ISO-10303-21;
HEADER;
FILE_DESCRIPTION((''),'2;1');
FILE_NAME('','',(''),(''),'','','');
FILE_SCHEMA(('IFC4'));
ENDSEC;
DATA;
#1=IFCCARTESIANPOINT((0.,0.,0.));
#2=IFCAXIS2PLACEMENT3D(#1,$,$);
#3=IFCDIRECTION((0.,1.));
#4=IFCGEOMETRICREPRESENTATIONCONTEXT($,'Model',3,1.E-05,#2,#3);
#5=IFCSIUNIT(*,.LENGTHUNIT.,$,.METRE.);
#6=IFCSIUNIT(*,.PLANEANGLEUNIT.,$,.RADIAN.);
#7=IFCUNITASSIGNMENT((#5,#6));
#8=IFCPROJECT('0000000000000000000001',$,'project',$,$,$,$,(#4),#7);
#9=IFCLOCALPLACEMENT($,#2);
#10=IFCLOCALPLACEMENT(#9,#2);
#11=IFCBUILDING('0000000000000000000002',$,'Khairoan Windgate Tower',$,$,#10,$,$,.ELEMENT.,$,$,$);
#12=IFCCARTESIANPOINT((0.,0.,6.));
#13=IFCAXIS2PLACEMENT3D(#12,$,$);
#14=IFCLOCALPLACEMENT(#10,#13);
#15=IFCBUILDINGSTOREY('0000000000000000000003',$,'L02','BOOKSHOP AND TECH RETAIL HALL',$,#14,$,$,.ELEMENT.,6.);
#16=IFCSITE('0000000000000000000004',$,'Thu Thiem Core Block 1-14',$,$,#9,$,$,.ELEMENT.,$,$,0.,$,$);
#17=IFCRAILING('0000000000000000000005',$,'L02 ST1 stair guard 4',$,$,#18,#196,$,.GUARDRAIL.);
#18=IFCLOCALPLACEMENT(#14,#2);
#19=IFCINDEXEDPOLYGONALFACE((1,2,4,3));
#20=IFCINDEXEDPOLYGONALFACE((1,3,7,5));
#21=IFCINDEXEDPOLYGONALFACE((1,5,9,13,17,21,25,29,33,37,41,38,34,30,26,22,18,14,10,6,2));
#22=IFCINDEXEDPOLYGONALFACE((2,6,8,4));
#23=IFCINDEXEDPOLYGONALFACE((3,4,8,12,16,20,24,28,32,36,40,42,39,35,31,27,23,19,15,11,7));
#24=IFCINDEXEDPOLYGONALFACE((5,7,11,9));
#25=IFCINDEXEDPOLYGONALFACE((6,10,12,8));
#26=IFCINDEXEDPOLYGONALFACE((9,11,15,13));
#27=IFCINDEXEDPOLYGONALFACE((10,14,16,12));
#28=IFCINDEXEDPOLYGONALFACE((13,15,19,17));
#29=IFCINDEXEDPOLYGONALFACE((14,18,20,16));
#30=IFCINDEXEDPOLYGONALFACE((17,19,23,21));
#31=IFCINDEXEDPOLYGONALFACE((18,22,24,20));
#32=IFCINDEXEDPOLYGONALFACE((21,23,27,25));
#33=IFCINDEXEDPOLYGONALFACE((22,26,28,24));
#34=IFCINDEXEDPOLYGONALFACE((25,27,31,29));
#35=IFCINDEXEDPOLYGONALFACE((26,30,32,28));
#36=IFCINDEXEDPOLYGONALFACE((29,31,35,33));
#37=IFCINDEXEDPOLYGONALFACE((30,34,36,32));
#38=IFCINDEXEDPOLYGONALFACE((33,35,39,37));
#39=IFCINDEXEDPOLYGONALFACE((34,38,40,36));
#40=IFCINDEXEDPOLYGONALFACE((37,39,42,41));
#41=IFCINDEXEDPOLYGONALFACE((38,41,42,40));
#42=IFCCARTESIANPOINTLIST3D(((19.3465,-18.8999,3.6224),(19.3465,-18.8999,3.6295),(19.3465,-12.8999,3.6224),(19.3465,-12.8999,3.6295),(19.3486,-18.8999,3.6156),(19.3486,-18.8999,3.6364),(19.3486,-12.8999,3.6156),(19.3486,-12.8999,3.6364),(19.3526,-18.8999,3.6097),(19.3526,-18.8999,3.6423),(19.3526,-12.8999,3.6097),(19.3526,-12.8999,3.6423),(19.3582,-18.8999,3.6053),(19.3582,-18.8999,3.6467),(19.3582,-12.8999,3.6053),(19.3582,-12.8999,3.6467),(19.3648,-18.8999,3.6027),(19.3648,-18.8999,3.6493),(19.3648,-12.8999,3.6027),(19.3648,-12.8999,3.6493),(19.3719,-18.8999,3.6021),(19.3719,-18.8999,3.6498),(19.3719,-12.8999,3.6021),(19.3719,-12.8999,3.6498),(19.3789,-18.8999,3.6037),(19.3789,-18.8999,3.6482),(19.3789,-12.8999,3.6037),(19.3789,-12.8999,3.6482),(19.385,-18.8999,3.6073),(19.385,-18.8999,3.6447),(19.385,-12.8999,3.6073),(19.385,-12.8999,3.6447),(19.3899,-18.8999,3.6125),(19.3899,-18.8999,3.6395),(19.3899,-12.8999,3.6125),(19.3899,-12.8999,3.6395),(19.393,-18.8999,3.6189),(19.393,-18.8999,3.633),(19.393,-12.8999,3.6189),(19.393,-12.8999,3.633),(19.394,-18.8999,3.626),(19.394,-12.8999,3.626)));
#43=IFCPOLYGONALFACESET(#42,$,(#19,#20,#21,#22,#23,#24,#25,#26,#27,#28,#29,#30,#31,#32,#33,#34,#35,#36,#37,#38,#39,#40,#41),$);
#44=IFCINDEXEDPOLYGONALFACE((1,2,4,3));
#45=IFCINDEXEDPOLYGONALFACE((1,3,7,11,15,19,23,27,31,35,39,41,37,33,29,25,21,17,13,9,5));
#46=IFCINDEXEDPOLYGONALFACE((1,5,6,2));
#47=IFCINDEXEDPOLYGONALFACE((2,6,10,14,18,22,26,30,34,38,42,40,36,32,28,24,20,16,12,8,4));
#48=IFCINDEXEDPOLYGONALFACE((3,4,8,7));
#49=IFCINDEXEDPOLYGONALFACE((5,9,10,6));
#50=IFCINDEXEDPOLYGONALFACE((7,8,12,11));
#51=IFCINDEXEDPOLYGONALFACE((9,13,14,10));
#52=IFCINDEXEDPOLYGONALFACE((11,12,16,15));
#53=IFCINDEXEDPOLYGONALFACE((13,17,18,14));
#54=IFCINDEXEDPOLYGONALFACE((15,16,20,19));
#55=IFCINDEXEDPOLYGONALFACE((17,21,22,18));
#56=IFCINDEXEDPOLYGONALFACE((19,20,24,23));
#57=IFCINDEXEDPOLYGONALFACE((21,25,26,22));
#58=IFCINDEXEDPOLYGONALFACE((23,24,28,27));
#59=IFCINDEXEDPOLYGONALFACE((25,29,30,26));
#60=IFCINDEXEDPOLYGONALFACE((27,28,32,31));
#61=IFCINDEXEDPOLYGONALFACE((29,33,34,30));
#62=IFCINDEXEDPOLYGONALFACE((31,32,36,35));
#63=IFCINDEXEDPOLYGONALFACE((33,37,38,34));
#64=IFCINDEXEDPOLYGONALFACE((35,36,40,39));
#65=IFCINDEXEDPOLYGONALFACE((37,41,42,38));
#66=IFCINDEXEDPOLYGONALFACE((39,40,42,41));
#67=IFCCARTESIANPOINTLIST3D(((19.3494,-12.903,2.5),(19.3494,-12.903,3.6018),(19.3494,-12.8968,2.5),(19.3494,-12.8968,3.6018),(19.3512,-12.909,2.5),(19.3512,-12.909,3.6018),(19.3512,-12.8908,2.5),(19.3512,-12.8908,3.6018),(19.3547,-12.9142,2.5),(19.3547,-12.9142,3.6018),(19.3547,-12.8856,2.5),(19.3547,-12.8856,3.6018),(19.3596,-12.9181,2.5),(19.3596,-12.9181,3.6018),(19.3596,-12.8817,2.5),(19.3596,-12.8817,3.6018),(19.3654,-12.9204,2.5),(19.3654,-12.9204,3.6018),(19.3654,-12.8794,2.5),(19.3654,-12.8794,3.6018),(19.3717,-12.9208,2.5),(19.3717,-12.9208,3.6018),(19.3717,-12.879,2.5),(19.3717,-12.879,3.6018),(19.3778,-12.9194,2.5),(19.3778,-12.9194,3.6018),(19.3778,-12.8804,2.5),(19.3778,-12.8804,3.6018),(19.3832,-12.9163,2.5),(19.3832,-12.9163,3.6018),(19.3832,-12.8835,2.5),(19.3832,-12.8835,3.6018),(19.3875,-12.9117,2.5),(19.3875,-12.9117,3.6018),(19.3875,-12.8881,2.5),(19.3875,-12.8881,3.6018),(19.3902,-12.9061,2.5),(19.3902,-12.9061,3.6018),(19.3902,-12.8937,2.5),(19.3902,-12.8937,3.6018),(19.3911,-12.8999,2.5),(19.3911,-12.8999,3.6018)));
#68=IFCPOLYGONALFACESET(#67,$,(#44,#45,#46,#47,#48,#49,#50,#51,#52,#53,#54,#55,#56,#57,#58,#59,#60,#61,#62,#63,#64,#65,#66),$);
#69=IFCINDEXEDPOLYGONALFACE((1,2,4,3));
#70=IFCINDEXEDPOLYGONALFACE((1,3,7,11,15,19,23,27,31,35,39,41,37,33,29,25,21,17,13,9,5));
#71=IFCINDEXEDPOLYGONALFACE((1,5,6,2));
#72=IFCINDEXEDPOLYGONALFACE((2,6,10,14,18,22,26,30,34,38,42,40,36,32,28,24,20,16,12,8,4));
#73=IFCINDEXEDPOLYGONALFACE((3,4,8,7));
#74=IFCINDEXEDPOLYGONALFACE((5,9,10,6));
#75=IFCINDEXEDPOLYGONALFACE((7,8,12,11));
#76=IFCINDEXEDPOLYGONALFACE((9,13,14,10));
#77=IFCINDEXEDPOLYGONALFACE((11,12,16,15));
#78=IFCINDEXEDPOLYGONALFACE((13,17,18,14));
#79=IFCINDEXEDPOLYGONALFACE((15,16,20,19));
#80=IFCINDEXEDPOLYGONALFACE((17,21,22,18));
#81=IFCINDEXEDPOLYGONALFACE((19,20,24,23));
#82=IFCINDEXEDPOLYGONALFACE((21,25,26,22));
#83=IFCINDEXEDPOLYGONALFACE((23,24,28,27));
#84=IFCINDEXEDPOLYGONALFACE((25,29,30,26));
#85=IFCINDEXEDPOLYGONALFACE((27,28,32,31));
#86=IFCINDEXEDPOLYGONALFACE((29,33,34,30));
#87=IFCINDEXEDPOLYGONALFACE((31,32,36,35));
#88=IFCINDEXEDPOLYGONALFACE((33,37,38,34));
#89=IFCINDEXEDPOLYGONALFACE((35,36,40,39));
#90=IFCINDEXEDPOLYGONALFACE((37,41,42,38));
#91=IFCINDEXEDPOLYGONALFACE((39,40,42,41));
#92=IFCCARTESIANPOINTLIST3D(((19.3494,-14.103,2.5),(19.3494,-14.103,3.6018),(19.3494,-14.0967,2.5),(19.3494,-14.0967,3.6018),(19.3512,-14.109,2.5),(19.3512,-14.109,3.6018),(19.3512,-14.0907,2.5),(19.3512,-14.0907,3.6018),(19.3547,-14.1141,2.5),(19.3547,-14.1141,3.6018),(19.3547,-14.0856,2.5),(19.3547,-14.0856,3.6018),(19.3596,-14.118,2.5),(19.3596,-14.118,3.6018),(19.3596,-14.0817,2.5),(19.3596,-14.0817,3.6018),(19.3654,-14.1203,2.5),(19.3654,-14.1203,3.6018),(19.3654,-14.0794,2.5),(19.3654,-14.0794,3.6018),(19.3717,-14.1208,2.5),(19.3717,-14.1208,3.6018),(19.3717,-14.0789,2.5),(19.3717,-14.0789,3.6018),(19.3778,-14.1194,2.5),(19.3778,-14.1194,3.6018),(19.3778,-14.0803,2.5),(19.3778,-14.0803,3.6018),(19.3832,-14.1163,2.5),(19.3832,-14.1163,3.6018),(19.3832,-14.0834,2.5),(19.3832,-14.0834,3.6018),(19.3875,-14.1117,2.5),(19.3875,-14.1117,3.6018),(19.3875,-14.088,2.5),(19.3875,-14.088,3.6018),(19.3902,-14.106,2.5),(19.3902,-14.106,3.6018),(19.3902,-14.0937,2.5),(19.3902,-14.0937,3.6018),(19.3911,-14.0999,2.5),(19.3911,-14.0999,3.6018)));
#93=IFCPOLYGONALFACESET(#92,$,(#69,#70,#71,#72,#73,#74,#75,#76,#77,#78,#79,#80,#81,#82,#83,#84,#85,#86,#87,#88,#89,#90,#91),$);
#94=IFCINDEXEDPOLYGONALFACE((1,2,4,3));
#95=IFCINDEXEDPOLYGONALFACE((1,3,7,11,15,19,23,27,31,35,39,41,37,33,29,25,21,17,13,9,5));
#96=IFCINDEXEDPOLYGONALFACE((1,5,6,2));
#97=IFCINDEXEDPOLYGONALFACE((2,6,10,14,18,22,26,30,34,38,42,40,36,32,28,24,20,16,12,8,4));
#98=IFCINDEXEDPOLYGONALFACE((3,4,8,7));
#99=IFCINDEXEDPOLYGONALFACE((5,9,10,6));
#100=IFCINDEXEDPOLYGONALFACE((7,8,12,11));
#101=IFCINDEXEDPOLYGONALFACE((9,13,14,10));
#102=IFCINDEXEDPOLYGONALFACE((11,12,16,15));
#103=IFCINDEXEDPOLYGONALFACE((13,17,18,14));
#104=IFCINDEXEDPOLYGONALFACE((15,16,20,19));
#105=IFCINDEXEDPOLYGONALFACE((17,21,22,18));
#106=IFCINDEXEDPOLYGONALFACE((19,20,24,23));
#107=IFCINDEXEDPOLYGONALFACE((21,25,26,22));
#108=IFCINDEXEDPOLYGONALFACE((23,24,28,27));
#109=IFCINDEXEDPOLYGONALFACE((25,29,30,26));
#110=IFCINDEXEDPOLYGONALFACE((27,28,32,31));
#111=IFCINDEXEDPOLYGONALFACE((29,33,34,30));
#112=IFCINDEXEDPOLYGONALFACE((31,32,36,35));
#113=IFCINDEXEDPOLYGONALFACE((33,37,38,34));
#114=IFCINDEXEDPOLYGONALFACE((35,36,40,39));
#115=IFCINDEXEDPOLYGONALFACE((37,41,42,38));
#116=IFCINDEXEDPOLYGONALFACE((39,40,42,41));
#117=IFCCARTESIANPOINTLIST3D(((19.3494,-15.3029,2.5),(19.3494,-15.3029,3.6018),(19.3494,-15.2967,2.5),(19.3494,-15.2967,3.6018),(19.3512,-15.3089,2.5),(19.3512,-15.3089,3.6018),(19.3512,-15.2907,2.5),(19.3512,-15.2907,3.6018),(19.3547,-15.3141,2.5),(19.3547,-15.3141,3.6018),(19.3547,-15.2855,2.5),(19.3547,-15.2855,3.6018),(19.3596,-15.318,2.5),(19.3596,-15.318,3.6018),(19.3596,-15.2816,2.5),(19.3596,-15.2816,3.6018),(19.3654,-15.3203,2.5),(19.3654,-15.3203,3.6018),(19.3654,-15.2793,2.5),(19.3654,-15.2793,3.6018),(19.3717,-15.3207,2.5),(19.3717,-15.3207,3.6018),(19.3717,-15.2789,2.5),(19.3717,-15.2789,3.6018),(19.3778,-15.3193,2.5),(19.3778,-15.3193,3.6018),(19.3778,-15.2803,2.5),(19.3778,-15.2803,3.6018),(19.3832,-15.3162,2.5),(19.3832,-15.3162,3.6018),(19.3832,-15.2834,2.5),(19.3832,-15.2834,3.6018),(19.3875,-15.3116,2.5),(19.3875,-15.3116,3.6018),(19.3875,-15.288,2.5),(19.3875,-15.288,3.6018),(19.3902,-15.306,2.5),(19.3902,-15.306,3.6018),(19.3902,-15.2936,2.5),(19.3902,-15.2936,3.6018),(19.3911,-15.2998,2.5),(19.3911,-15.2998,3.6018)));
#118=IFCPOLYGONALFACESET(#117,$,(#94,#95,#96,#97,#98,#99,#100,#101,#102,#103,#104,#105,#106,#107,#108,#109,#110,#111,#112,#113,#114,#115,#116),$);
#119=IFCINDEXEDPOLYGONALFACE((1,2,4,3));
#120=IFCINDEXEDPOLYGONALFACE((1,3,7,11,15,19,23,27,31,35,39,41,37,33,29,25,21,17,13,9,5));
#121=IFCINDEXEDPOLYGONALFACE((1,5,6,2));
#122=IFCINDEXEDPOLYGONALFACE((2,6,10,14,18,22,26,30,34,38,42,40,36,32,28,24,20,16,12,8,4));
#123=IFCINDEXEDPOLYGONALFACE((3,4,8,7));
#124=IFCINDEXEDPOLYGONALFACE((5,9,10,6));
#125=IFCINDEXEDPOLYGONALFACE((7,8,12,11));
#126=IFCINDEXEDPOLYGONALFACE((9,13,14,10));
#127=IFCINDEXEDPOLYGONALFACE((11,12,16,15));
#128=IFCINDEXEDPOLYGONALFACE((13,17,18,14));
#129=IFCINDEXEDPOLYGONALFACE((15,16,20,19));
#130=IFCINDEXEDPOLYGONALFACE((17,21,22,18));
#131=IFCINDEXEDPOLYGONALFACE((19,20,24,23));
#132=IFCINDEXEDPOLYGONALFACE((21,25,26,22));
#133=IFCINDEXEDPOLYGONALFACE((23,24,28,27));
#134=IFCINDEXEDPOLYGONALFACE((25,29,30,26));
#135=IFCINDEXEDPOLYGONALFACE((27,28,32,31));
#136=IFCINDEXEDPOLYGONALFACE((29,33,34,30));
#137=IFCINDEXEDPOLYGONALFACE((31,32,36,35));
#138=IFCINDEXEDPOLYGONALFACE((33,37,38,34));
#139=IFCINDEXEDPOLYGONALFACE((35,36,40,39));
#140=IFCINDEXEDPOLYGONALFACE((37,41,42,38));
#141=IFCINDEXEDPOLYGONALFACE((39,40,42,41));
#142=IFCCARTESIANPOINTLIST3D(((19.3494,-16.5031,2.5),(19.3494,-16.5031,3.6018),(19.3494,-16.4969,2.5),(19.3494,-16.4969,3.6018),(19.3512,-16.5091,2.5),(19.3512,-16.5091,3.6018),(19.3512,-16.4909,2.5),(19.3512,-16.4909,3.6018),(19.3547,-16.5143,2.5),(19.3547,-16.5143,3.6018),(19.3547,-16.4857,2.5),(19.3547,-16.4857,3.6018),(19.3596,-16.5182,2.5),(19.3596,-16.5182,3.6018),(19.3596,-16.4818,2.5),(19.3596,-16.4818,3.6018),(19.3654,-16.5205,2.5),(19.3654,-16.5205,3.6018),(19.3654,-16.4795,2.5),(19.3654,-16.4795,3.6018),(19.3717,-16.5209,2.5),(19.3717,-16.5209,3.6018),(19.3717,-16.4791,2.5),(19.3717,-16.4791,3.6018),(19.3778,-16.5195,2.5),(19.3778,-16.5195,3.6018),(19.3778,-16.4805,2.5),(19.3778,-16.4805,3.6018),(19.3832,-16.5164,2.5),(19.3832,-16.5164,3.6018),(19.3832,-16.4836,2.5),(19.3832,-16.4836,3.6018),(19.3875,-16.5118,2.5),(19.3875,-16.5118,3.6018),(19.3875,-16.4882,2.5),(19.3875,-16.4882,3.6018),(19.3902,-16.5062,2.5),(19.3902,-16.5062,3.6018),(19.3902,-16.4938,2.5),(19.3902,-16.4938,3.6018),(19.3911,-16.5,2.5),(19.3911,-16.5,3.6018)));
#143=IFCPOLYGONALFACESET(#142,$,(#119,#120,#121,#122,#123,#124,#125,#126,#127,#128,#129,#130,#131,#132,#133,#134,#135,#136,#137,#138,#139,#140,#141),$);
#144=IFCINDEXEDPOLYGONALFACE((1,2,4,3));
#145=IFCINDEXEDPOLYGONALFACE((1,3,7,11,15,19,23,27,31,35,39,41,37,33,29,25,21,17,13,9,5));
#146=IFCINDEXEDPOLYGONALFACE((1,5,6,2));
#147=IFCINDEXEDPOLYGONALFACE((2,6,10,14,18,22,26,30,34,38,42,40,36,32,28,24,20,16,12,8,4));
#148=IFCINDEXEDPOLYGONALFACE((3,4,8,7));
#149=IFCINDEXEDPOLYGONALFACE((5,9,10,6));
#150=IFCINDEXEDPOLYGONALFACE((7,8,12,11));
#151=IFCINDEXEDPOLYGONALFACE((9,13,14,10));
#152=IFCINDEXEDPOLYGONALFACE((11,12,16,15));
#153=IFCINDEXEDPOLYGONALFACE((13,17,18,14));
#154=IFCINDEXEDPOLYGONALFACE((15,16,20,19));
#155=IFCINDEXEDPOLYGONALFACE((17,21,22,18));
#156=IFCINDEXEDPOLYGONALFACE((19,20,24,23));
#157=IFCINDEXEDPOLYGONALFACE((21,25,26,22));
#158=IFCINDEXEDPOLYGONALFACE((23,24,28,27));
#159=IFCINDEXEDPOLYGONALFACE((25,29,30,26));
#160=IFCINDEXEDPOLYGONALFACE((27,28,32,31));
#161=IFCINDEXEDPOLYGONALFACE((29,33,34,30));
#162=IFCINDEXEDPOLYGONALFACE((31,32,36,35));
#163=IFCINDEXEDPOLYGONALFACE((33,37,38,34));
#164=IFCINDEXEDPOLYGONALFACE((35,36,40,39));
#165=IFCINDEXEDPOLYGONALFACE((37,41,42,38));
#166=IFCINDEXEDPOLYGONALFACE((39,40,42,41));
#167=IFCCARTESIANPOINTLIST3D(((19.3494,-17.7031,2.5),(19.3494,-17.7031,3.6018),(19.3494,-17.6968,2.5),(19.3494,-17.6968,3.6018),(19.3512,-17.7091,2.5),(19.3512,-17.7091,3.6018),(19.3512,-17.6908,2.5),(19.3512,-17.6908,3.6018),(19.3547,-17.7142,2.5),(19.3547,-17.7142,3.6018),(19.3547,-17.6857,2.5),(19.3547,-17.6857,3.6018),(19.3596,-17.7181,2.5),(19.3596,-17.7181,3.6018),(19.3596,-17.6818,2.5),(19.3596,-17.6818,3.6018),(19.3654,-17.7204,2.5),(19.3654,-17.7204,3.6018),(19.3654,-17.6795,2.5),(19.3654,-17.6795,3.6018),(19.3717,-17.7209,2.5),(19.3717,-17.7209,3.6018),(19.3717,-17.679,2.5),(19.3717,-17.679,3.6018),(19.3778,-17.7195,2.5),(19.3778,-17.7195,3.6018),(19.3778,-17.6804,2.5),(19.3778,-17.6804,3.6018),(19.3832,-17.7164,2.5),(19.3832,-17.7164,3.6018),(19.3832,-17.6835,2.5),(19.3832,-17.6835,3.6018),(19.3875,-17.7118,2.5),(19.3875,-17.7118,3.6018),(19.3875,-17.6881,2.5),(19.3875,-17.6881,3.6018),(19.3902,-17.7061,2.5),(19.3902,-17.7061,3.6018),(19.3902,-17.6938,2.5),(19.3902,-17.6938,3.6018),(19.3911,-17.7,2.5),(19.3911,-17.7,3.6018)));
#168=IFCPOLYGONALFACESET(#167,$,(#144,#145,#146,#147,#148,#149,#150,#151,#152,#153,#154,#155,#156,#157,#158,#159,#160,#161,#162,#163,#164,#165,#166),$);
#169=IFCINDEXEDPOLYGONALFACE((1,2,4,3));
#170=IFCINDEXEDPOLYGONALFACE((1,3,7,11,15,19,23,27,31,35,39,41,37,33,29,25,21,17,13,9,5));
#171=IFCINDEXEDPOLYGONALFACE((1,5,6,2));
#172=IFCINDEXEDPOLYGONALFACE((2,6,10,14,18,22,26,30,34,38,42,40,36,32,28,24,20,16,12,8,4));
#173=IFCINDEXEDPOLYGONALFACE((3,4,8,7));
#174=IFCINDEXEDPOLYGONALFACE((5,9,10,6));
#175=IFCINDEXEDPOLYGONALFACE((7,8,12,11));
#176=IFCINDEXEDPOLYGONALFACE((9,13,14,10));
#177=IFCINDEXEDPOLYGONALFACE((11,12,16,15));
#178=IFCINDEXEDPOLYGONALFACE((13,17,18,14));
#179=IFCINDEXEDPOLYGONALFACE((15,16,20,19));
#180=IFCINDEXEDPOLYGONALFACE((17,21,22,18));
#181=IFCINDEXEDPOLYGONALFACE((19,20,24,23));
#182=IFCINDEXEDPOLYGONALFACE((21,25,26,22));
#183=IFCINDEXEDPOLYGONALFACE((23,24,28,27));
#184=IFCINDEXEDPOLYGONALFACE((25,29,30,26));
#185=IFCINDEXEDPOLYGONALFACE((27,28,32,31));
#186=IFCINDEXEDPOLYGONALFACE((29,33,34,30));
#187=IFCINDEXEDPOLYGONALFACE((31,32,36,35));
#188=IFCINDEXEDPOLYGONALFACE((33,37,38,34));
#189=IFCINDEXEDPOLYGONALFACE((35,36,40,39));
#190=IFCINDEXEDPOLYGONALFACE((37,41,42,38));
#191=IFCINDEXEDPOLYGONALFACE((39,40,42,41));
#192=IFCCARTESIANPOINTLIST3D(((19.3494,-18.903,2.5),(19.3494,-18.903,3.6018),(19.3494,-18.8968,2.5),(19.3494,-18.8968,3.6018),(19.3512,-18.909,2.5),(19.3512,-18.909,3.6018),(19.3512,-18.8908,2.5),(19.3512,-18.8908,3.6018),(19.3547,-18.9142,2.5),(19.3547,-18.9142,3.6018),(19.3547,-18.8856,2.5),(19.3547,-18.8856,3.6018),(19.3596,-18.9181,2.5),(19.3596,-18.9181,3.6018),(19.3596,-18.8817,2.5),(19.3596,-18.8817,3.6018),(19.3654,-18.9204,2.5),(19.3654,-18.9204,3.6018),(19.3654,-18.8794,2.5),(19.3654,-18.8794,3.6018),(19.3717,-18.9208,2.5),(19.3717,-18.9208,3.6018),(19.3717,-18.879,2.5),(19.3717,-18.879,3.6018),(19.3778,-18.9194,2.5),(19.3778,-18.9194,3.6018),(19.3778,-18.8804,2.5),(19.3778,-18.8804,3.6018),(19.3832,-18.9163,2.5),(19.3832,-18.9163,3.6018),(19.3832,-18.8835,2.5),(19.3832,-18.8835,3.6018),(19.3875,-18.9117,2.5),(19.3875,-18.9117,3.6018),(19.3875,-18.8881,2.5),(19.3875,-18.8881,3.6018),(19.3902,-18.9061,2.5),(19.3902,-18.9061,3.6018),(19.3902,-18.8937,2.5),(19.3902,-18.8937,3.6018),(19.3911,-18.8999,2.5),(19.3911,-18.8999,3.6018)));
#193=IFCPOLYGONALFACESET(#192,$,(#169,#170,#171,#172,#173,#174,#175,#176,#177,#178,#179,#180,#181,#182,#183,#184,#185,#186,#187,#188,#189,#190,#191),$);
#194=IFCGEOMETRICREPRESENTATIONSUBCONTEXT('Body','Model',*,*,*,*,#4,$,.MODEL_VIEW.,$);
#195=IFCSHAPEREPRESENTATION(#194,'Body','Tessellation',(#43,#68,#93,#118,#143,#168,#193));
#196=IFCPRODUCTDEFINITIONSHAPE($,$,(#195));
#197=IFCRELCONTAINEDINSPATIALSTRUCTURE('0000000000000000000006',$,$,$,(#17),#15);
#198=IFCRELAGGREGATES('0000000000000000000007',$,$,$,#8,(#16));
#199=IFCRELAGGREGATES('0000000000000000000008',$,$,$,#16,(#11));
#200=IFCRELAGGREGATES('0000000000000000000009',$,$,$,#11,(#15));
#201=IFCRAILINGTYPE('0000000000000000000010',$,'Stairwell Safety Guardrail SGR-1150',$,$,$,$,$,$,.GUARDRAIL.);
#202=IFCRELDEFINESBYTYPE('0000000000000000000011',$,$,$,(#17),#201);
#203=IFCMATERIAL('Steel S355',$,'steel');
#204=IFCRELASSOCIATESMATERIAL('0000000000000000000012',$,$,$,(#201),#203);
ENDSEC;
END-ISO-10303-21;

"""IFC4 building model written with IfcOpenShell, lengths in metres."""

from ifc_helpers import new_model, si_unit, direction, frame, origin, origin_2d, place, context, subcontext, project, spatial, circle, extrude, material, type_object, element, save


model = new_model("IFC4")

# Units and contexts
model_context = context("Model", 3, precision=1e-05, world=origin(), true_north=direction((0.0, 1.0)))
body_context = subcontext(model_context, "Body", "Model", "MODEL_VIEW")
ifc_project = project(units=[si_unit("LENGTHUNIT", "METRE"), si_unit("PLANEANGLEUNIT", "RADIAN")], contexts=[model_context])

# Site, building, storey
site_placement = place(None, origin())
site = spatial("IfcSite", under=ifc_project, at=site_placement, Name="Thu Thiem Core Block 1-14", CompositionType="ELEMENT", RefElevation=0.0)
building_placement = place(site_placement, origin())
building = spatial("IfcBuilding", under=site, at=building_placement, Name="Khairoan Windgate Tower", CompositionType="ELEMENT")
storey_placement = place(building_placement, frame((0.0, 0.0, 6.0)))
storey = spatial("IfcBuildingStorey", under=building, at=storey_placement, Name="L02", Description="BOOKSHOP AND TECH RETAIL HALL", CompositionType="ELEMENT", Elevation=6.0)

# Railing
ifc_material_1 = material(Name="Steel S355", Category="steel")
railing_type_1 = type_object("IfcRailingType", Name="Stairwell Safety Guardrail SGR-1150", PredefinedType="GUARDRAIL", material=ifc_material_1)
for number, where, name in (
    (1, (19.3701, -12.8999, 2.5), "L02 ST1 stair guard 4"),
):
    element("IfcRailing", number, at=place(storey_placement, frame(where)), inside=storey, type_object=railing_type_1, Name=name, PredefinedType="GUARDRAIL", context=body_context, shape_type="SweptSolid", body=[
        extrude(circle(Radius=0.0239, at=origin_2d()), frame((0.0, 0.0, 1.126), z_axis=(0.0, -1.0, 0.0), x_axis=(1.0, 0.0, 0.0)), (0.0, 0.0, 1.0), 6.0),
        extrude(circle(Radius=0.021, at=origin_2d()), origin(), (0.0, 0.0, 1.0), 1.1018),
        extrude(circle(Radius=0.021, at=origin_2d()), frame((0.0, -1.2, 0.0)), (0.0, 0.0, 1.0), 1.1018),
        extrude(circle(Radius=0.021, at=origin_2d()), frame((0.0, -2.3999, 0.0)), (0.0, 0.0, 1.0), 1.1018),
        extrude(circle(Radius=0.021, at=origin_2d()), frame((0.0, -3.6001, 0.0)), (0.0, 0.0, 1.0), 1.1018),
        extrude(circle(Radius=0.021, at=origin_2d()), frame((0.0, -4.8, 0.0)), (0.0, 0.0, 1.0), 1.1018),
        extrude(circle(Radius=0.021, at=origin_2d()), frame((0.0, -6.0, 0.0)), (0.0, 0.0, 1.0), 1.1018),
    ])

save(model, "model.ifc")
